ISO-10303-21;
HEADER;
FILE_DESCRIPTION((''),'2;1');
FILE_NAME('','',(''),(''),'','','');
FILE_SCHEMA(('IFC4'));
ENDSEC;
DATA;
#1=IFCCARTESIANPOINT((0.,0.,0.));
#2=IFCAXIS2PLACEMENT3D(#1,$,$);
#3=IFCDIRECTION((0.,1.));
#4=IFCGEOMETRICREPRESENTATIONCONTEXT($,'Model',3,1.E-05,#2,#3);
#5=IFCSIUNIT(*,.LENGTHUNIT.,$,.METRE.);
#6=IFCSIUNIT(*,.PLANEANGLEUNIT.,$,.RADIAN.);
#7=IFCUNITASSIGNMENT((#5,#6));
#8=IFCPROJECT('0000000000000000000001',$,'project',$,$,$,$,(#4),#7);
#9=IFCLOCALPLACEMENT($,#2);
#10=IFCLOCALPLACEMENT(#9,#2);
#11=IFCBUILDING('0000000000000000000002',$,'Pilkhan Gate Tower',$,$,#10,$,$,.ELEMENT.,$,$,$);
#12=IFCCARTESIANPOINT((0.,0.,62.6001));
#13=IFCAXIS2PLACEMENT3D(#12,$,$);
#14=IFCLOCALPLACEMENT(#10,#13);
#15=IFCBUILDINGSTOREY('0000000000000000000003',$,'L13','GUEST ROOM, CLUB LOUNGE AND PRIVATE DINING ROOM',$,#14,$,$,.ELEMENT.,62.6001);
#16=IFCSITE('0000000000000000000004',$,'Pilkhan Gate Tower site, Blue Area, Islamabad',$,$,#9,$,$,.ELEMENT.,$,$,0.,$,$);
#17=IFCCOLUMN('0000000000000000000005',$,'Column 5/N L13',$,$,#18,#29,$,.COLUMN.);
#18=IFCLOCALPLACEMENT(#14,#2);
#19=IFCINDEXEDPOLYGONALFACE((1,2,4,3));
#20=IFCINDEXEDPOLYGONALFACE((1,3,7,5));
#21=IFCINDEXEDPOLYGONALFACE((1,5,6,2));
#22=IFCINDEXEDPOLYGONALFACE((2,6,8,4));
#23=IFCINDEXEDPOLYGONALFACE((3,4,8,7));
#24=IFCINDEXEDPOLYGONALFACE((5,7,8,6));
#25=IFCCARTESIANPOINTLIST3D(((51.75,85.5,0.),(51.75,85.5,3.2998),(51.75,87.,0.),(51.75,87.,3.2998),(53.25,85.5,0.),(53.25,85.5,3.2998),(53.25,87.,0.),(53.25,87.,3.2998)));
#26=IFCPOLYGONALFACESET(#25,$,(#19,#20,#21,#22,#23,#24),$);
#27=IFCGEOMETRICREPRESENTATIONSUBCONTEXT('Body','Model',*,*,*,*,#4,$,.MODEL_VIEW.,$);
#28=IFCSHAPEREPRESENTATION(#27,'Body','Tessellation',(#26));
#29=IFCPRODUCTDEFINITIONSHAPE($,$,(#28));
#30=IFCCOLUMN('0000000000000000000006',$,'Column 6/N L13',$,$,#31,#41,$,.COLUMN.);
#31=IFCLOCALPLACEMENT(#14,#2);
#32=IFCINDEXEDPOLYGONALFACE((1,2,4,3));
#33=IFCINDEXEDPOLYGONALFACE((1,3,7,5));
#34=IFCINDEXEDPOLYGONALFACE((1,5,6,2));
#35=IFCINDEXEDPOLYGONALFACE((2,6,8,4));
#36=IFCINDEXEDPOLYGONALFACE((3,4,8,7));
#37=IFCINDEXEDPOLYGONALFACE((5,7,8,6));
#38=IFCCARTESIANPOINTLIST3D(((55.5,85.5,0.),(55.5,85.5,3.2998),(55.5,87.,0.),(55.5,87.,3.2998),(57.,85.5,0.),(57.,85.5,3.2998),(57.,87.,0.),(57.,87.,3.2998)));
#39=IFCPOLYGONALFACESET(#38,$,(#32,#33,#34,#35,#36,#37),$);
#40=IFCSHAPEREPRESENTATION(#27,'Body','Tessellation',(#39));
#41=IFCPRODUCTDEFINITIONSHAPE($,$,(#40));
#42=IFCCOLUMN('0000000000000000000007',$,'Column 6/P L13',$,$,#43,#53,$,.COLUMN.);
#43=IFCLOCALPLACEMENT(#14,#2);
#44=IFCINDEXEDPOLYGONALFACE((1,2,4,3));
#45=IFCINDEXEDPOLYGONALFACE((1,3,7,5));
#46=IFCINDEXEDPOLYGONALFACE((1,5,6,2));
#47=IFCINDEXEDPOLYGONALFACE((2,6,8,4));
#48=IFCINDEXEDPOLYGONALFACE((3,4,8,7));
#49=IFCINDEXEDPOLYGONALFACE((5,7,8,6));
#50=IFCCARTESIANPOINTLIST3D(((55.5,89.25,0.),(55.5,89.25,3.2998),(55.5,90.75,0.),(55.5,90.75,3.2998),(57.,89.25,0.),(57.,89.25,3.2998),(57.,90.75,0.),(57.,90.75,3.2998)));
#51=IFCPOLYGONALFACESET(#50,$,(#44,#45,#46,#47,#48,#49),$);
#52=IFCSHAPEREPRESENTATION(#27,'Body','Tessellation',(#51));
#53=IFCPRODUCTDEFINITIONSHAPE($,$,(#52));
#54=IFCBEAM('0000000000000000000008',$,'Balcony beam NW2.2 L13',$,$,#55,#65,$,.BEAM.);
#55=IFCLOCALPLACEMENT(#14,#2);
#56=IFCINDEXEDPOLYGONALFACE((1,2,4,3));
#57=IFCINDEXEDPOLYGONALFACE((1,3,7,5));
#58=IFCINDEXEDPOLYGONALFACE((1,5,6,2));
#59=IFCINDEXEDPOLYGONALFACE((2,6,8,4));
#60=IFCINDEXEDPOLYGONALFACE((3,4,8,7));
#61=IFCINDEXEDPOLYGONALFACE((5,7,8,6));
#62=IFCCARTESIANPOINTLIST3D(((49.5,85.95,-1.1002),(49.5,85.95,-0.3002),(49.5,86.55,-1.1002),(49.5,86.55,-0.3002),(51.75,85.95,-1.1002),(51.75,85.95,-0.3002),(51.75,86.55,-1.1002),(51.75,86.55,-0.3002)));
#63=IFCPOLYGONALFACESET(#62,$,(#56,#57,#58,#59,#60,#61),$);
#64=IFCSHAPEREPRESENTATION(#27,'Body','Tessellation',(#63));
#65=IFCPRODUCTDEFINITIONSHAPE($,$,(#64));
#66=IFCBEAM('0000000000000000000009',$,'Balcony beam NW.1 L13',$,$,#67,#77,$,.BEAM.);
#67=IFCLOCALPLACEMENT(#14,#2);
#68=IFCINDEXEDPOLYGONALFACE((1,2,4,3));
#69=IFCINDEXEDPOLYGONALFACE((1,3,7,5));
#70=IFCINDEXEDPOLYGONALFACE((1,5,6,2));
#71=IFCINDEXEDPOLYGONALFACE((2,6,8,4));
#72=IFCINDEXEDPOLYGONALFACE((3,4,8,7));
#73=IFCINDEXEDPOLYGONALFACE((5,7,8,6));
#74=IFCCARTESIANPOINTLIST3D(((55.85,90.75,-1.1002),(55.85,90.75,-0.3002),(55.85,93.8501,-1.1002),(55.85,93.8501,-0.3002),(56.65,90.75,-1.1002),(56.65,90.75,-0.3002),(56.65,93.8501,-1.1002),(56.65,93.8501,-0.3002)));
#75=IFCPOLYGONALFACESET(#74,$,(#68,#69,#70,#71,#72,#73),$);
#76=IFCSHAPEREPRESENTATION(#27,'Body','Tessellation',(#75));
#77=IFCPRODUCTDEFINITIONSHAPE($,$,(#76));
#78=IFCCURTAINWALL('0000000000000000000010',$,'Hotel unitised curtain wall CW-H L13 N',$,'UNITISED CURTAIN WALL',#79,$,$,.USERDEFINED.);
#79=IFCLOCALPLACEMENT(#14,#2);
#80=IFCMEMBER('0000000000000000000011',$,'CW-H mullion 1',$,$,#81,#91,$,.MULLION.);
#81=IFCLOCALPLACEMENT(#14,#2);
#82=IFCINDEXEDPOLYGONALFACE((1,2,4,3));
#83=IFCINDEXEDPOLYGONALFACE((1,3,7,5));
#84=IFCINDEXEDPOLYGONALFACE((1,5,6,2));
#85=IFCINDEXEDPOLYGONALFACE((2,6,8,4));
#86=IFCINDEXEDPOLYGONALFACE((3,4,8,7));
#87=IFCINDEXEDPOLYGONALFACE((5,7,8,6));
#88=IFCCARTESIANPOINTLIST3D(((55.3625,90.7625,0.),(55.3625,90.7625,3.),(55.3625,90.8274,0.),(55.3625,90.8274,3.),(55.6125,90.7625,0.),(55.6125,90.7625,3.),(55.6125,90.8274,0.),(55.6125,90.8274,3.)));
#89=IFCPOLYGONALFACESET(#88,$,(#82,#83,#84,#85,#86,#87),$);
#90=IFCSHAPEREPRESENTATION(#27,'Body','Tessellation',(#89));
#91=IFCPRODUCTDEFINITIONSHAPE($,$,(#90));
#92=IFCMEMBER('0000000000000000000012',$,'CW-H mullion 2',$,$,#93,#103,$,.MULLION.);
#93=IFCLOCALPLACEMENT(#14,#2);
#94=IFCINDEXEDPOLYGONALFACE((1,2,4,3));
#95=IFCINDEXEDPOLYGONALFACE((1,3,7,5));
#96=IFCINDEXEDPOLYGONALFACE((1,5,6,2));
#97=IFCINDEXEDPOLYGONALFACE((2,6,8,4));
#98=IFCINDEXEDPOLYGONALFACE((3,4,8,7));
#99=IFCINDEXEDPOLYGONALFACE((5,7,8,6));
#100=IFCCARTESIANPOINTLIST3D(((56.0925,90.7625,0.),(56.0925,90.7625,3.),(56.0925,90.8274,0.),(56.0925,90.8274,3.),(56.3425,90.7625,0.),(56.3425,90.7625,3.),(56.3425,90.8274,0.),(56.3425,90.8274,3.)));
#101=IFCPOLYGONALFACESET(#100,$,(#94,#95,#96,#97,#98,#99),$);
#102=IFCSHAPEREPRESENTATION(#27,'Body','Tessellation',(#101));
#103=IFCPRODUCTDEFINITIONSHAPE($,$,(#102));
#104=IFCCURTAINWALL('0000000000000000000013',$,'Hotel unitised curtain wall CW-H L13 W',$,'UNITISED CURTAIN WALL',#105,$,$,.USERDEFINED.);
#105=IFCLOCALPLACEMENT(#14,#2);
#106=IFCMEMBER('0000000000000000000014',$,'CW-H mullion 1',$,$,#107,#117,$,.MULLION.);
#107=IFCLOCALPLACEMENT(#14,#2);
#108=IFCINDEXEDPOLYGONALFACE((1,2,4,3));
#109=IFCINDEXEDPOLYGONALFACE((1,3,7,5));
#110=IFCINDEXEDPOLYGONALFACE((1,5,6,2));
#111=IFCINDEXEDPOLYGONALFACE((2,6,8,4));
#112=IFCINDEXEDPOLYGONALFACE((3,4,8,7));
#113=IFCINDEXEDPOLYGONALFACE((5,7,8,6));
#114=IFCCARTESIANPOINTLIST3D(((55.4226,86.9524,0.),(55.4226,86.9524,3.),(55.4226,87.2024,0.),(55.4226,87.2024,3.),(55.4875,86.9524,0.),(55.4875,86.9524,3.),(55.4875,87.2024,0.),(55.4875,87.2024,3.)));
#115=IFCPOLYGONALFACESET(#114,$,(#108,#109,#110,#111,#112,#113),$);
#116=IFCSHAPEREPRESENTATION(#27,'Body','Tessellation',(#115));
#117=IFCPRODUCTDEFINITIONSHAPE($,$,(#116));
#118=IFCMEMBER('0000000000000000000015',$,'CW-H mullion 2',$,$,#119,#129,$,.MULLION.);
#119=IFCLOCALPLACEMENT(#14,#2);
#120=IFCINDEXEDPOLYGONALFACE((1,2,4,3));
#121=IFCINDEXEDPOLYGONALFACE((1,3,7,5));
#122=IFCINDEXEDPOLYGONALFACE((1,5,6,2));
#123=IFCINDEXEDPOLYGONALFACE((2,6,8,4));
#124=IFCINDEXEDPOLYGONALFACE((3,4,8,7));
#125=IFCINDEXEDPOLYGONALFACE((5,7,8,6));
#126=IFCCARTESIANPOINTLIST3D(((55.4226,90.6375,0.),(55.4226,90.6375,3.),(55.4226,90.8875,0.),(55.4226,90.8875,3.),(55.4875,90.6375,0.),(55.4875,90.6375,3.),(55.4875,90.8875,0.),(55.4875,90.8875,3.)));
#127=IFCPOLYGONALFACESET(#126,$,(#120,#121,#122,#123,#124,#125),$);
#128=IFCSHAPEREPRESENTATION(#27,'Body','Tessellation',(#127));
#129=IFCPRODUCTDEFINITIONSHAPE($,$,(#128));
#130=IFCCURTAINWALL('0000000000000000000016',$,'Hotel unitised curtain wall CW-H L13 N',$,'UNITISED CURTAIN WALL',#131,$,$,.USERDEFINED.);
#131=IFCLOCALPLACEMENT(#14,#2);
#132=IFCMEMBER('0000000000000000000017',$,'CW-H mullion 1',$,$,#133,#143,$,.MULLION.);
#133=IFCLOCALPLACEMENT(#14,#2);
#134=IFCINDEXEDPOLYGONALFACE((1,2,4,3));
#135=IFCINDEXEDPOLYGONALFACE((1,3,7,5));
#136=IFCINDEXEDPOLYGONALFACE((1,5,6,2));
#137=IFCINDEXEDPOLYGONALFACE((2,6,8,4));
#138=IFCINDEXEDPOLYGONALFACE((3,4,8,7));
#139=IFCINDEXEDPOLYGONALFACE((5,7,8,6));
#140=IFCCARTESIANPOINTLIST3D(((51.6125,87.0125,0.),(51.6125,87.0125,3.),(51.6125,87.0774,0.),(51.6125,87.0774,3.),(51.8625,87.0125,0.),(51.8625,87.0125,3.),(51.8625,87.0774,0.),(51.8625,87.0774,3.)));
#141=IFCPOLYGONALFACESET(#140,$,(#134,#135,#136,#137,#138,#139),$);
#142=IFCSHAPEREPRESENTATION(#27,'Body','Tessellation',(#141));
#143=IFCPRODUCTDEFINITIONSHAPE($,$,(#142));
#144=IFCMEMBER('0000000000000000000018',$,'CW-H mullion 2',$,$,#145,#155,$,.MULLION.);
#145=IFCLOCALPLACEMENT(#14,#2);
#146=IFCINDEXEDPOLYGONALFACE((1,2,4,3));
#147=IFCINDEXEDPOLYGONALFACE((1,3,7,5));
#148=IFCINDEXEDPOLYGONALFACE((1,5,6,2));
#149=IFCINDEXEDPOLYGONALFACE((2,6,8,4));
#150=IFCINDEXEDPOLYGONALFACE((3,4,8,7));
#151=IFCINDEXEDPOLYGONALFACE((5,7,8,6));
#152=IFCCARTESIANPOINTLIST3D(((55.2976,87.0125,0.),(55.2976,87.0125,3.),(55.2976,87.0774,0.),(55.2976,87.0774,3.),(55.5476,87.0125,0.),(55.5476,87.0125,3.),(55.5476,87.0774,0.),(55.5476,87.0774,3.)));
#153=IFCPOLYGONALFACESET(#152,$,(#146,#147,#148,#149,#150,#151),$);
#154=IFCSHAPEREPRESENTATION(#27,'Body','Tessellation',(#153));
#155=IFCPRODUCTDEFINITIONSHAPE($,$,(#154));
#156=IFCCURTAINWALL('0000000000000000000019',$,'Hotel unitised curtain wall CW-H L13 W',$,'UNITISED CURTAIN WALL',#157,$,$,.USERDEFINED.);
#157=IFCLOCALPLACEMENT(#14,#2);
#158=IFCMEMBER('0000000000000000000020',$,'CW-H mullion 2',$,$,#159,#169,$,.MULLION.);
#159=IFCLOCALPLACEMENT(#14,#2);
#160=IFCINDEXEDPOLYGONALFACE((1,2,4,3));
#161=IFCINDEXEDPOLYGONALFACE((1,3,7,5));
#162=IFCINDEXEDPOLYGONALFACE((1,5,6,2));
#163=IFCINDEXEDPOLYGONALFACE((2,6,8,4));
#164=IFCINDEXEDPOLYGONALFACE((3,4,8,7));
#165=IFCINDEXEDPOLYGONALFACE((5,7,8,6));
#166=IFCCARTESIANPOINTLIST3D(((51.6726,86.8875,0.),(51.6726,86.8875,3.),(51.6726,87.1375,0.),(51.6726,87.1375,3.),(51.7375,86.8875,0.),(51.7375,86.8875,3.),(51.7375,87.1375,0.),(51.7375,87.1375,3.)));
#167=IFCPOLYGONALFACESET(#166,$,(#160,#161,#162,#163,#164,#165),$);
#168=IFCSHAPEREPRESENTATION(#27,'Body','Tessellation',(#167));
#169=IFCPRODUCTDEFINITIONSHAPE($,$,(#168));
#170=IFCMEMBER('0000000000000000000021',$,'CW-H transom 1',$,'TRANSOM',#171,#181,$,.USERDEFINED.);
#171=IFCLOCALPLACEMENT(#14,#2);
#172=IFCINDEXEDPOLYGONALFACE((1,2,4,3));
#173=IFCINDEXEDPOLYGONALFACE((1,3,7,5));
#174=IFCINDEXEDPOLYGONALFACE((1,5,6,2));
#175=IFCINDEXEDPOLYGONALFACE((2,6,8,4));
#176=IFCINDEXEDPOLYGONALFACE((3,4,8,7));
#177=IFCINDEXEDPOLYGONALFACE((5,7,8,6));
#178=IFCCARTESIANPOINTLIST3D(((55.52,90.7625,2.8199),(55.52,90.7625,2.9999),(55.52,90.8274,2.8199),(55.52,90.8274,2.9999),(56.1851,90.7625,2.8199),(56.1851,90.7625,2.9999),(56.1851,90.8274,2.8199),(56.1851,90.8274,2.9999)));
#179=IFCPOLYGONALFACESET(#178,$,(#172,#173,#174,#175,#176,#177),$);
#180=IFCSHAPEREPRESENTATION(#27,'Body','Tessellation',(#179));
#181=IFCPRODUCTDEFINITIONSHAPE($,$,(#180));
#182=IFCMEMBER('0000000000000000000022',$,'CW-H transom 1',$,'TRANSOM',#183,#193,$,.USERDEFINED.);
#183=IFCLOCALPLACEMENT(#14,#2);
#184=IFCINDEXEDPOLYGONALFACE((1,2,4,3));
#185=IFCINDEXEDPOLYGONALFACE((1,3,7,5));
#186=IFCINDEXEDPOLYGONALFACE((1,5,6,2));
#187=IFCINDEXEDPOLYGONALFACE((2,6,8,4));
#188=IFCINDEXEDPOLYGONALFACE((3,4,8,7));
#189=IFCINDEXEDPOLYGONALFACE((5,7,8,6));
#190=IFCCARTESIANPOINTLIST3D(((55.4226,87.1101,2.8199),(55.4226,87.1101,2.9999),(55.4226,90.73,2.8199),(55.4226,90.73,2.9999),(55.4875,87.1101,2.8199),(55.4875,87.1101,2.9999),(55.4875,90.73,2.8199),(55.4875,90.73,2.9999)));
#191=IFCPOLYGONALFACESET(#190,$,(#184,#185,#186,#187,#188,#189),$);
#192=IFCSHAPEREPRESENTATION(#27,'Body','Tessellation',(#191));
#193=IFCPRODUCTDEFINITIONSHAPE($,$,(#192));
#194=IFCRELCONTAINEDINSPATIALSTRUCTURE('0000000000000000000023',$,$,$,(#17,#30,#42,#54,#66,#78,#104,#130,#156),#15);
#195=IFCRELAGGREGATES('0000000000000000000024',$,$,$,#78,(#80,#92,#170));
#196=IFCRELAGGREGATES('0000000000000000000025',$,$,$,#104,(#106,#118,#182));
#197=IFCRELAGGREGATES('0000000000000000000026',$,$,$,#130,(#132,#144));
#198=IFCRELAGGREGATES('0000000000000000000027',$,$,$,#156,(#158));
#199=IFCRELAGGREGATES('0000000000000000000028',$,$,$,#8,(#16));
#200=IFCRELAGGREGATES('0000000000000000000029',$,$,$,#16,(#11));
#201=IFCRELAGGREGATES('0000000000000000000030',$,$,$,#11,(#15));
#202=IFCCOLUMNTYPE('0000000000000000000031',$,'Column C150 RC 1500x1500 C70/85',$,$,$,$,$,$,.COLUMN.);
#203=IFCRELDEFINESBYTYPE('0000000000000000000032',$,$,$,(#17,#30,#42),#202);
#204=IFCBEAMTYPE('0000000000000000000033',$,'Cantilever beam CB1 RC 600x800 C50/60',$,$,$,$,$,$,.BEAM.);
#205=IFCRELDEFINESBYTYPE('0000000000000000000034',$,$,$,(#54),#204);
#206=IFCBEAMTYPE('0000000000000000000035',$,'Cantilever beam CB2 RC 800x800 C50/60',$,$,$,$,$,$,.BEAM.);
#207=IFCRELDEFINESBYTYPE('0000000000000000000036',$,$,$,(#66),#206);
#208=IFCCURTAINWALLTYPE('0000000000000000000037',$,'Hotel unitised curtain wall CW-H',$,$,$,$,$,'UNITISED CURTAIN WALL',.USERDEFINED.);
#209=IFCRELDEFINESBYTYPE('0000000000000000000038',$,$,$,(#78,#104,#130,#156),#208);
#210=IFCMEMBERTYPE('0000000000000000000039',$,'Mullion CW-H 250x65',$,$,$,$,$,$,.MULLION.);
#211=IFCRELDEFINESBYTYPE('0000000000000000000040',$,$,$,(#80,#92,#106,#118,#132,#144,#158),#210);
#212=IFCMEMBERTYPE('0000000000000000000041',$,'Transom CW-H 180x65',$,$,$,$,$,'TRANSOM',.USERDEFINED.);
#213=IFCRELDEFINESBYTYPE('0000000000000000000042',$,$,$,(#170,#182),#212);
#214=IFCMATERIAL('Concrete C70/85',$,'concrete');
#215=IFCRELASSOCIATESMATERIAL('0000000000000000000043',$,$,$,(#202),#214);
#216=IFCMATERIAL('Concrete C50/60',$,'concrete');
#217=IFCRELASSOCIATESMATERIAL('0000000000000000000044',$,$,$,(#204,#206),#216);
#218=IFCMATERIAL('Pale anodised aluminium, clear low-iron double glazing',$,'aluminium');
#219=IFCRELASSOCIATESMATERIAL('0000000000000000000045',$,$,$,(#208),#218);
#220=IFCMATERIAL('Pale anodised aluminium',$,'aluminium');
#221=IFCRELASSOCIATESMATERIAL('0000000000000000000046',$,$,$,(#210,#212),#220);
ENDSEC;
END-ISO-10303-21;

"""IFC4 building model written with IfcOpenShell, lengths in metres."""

from ifc_helpers import new_model, si_unit, direction, frame, origin, origin_2d, place, context, subcontext, project, spatial, rectangle, extrude, material, material_profile, profile_set, type_object, element, aggregate, save


model = new_model("IFC4")

# Units and contexts
model_context = context("Model", 3, precision=1e-05, world=origin(), true_north=direction((0.0, 1.0)))
body_context = subcontext(model_context, "Body", "Model", "MODEL_VIEW")
ifc_project = project(units=[si_unit("LENGTHUNIT", "METRE"), si_unit("PLANEANGLEUNIT", "RADIAN")], contexts=[model_context])

# Site, building, storey
site_placement = place(None, origin())
site = spatial("IfcSite", under=ifc_project, at=site_placement, Name="Pilkhan Gate Tower site, Blue Area, Islamabad", CompositionType="ELEMENT", RefElevation=0.0)
building_placement = place(site_placement, origin())
building = spatial("IfcBuilding", under=site, at=building_placement, Name="Pilkhan Gate Tower", CompositionType="ELEMENT")
storey_placement = place(building_placement, frame((0.0, 0.0, 62.6001)))
storey = spatial("IfcBuildingStorey", under=building, at=storey_placement, Name="L13", Description="GUEST ROOM, CLUB LOUNGE AND PRIVATE DINING ROOM", CompositionType="ELEMENT", Elevation=62.6001)

# Columns
ifc_material_1 = material(Name="Concrete C70/85", Category="concrete")
ifc_material_profile_1 = material_profile(ifc_material_1, rectangle(XDim=1.5, YDim=1.5, at=origin_2d()), Name="RC 1500x1500")
ifc_profile_set_1 = profile_set([ifc_material_profile_1], Name="Concrete C70/85")
column_type = type_object("IfcColumnType", Name="Column C150 RC 1500x1500 C70/85", PredefinedType="COLUMN", material=ifc_profile_set_1)
for number, where, z_axis, x_axis, name in (
    (1, (52.5, 86.25, 0.0), (0.0, 0.0, 1.0), (1.0, 0.0, 0.0), "Column 5/N L13"),
    (2, (56.25, 86.25, 0.0), (0.0, 0.0, 1.0), (1.0, 0.0, 0.0), "Column 6/N L13"),
    (3, (56.25, 90.0, 0.0), (0.0, 0.0, 1.0), (1.0, 0.0, 0.0), "Column 6/P L13"),
):
    element("IfcColumn", number, at=place(storey_placement, frame(where, z_axis=z_axis, x_axis=x_axis)), inside=storey, type_object=column_type, Name=name, PredefinedType="COLUMN", context=body_context, shape_type="SweptSolid", body=[
        extrude(rectangle(XDim=1.5, YDim=1.5, at=origin_2d()), origin(), (0.0, 0.0, 1.0), 3.2998),
    ])

# Beams
ifc_material_2 = material(Name="Concrete C50/60", Category="concrete")
ifc_material_profile_2 = material_profile(ifc_material_2, rectangle(XDim=0.6001, YDim=0.8, at=origin_2d()), Name="RC 600x800")
ifc_profile_set_2 = profile_set([ifc_material_profile_2], Name="Concrete C50/60")
beam_type_1 = type_object("IfcBeamType", Name="Cantilever beam CB1 RC 600x800 C50/60", PredefinedType="BEAM", material=ifc_profile_set_2)
beam_1_placement = place(storey_placement, frame((51.75, 86.25, -0.7002), z_axis=(-1.0, 0.0, 0.0), x_axis=(0.0, -1.0, 0.0)))
element("IfcBeam", 4, at=beam_1_placement, inside=storey, type_object=beam_type_1, Name="Balcony beam NW2.2 L13", PredefinedType="BEAM", context=body_context, shape_type="SweptSolid", body=[
    extrude(rectangle(XDim=0.6001, YDim=0.8, at=origin_2d()), origin(), (0.0, 0.0, 1.0), 2.25),
])
ifc_material_profile_3 = material_profile(ifc_material_2, rectangle(XDim=0.8, YDim=0.8, at=origin_2d()), Name="RC 800x800")
ifc_profile_set_3 = profile_set([ifc_material_profile_3], Name="Concrete C50/60")
beam_type_2 = type_object("IfcBeamType", Name="Cantilever beam CB2 RC 800x800 C50/60", PredefinedType="BEAM", material=ifc_profile_set_3)
beam_2_placement = place(storey_placement, frame((56.25, 90.75, -0.7002), z_axis=(0.0, 1.0, 0.0), x_axis=(-1.0, 0.0, 0.0)))
element("IfcBeam", 5, at=beam_2_placement, inside=storey, type_object=beam_type_2, Name="Balcony beam NW.1 L13", PredefinedType="BEAM", context=body_context, shape_type="SweptSolid", body=[
    extrude(rectangle(XDim=0.8, YDim=0.8, at=origin_2d()), origin(), (0.0, 0.0, 1.0), 3.1001),
])

# Curtain walls, members
ifc_material_3 = material(Name="Pale anodised aluminium, clear low-iron double glazing", Category="aluminium")
curtain_wall_type = type_object("IfcCurtainWallType", Name="Hotel unitised curtain wall CW-H", ElementType="UNITISED CURTAIN WALL", PredefinedType="USERDEFINED", material=ifc_material_3)
curtain_wall_1_placement = place(storey_placement, origin())
curtain_wall_1 = element("IfcCurtainWall", 6, at=curtain_wall_1_placement, inside=storey, type_object=curtain_wall_type, Name="Hotel unitised curtain wall CW-H L13 N", ObjectType="UNITISED CURTAIN WALL", PredefinedType="USERDEFINED")
ifc_material_4 = material(Name="Pale anodised aluminium", Category="aluminium")
ifc_material_profile_4 = material_profile(ifc_material_4, rectangle(XDim=0.0649, YDim=0.25, at=origin_2d()), Name="Mullion 250x65")
ifc_profile_set_4 = profile_set([ifc_material_profile_4], Name="Pale anodised aluminium")
member_type_1 = type_object("IfcMemberType", Name="Mullion CW-H 250x65", PredefinedType="MULLION", material=ifc_profile_set_4)
member_1_placement = place(storey_placement, frame((55.4875, 90.7949, 0.0), z_axis=(0.0, 0.0, 1.0), x_axis=(0.0, 1.0, 0.0)))
member_1 = element("IfcMember", 7, at=member_1_placement, type_object=member_type_1, Name="CW-H mullion 1", PredefinedType="MULLION", context=body_context, shape_type="SweptSolid", body=[
    extrude(rectangle(XDim=0.0649, YDim=0.25, at=origin_2d()), origin(), (0.0, 0.0, 1.0), 3.0),
])
member_2_placement = place(storey_placement, frame((56.2175, 90.7949, 0.0), z_axis=(0.0, 0.0, 1.0), x_axis=(0.0, 1.0, 0.0)))
member_2 = element("IfcMember", 8, at=member_2_placement, type_object=member_type_1, Name="CW-H mullion 2", PredefinedType="MULLION", context=body_context, shape_type="SweptSolid", body=[
    extrude(rectangle(XDim=0.0649, YDim=0.25, at=origin_2d()), origin(), (0.0, 0.0, 1.0), 3.0),
])
curtain_wall_2_placement = place(storey_placement, origin())
curtain_wall_2 = element("IfcCurtainWall", 9, at=curtain_wall_2_placement, inside=storey, type_object=curtain_wall_type, Name="Hotel unitised curtain wall CW-H L13 W", ObjectType="UNITISED CURTAIN WALL", PredefinedType="USERDEFINED")
member_3_placement = place(storey_placement, frame((55.4551, 87.0774, 0.0), z_axis=(0.0, 0.0, 1.0), x_axis=(-1.0, 0.0, 0.0)))
member_3 = element("IfcMember", 10, at=member_3_placement, type_object=member_type_1, Name="CW-H mullion 1", PredefinedType="MULLION", context=body_context, shape_type="SweptSolid", body=[
    extrude(rectangle(XDim=0.0649, YDim=0.25, at=origin_2d()), origin(), (0.0, 0.0, 1.0), 3.0),
])
member_4_placement = place(storey_placement, frame((55.4551, 90.7625, 0.0), z_axis=(0.0, 0.0, 1.0), x_axis=(-1.0, 0.0, 0.0)))
member_4 = element("IfcMember", 11, at=member_4_placement, type_object=member_type_1, Name="CW-H mullion 2", PredefinedType="MULLION", context=body_context, shape_type="SweptSolid", body=[
    extrude(rectangle(XDim=0.0649, YDim=0.25, at=origin_2d()), origin(), (0.0, 0.0, 1.0), 3.0),
])
curtain_wall_3_placement = place(storey_placement, origin())
curtain_wall_3 = element("IfcCurtainWall", 12, at=curtain_wall_3_placement, inside=storey, type_object=curtain_wall_type, Name="Hotel unitised curtain wall CW-H L13 N", ObjectType="UNITISED CURTAIN WALL", PredefinedType="USERDEFINED")
member_5_placement = place(storey_placement, frame((51.7375, 87.0449, 0.0), z_axis=(0.0, 0.0, 1.0), x_axis=(0.0, 1.0, 0.0)))
member_5 = element("IfcMember", 13, at=member_5_placement, type_object=member_type_1, Name="CW-H mullion 1", PredefinedType="MULLION", context=body_context, shape_type="SweptSolid", body=[
    extrude(rectangle(XDim=0.0649, YDim=0.25, at=origin_2d()), origin(), (0.0, 0.0, 1.0), 3.0),
])
member_6_placement = place(storey_placement, frame((55.4226, 87.0449, 0.0), z_axis=(0.0, 0.0, 1.0), x_axis=(0.0, 1.0, 0.0)))
member_6 = element("IfcMember", 14, at=member_6_placement, type_object=member_type_1, Name="CW-H mullion 2", PredefinedType="MULLION", context=body_context, shape_type="SweptSolid", body=[
    extrude(rectangle(XDim=0.0649, YDim=0.25, at=origin_2d()), origin(), (0.0, 0.0, 1.0), 3.0),
])

# Curtain wall, member
curtain_wall_4_placement = place(storey_placement, origin())
curtain_wall_4 = element("IfcCurtainWall", 15, at=curtain_wall_4_placement, inside=storey, type_object=curtain_wall_type, Name="Hotel unitised curtain wall CW-H L13 W", ObjectType="UNITISED CURTAIN WALL", PredefinedType="USERDEFINED")
member_7_placement = place(storey_placement, frame((51.7051, 87.0125, 0.0), z_axis=(0.0, 0.0, 1.0), x_axis=(-1.0, 0.0, 0.0)))
member_7 = element("IfcMember", 16, at=member_7_placement, type_object=member_type_1, Name="CW-H mullion 2", PredefinedType="MULLION", context=body_context, shape_type="SweptSolid", body=[
    extrude(rectangle(XDim=0.0649, YDim=0.25, at=origin_2d()), origin(), (0.0, 0.0, 1.0), 3.0),
])

# Members
ifc_material_profile_5 = material_profile(ifc_material_4, rectangle(XDim=0.0649, YDim=0.1799, at=origin_2d()), Name="Transom 180x65")
ifc_profile_set_5 = profile_set([ifc_material_profile_5], Name="Pale anodised aluminium")
member_type_2 = type_object("IfcMemberType", Name="Transom CW-H 180x65", ElementType="TRANSOM", PredefinedType="USERDEFINED", material=ifc_profile_set_5)
member_8_placement = place(storey_placement, frame((55.52, 90.7949, 2.9099), z_axis=(1.0, 0.0, 0.0), x_axis=(0.0, 1.0, 0.0)))
member_8 = element("IfcMember", 17, at=member_8_placement, type_object=member_type_2, Name="CW-H transom 1", ObjectType="TRANSOM", PredefinedType="USERDEFINED", context=body_context, shape_type="SweptSolid", body=[
    extrude(rectangle(XDim=0.0649, YDim=0.1799, at=origin_2d()), origin(), (0.0, 0.0, 1.0), 0.665),
])
member_9_placement = place(storey_placement, frame((55.4551, 87.1101, 2.9099), z_axis=(0.0, 1.0, 0.0), x_axis=(-1.0, 0.0, 0.0)))
member_9 = element("IfcMember", 18, at=member_9_placement, type_object=member_type_2, Name="CW-H transom 1", ObjectType="TRANSOM", PredefinedType="USERDEFINED", context=body_context, shape_type="SweptSolid", body=[
    extrude(rectangle(XDim=0.0649, YDim=0.1799, at=origin_2d()), origin(), (0.0, 0.0, 1.0), 3.6199),
])

aggregate(curtain_wall_1, [member_1, member_2, member_8])
aggregate(curtain_wall_2, [member_3, member_4, member_9])
aggregate(curtain_wall_3, [member_5, member_6])
aggregate(curtain_wall_4, [member_7])

save(model, "model.ifc")
